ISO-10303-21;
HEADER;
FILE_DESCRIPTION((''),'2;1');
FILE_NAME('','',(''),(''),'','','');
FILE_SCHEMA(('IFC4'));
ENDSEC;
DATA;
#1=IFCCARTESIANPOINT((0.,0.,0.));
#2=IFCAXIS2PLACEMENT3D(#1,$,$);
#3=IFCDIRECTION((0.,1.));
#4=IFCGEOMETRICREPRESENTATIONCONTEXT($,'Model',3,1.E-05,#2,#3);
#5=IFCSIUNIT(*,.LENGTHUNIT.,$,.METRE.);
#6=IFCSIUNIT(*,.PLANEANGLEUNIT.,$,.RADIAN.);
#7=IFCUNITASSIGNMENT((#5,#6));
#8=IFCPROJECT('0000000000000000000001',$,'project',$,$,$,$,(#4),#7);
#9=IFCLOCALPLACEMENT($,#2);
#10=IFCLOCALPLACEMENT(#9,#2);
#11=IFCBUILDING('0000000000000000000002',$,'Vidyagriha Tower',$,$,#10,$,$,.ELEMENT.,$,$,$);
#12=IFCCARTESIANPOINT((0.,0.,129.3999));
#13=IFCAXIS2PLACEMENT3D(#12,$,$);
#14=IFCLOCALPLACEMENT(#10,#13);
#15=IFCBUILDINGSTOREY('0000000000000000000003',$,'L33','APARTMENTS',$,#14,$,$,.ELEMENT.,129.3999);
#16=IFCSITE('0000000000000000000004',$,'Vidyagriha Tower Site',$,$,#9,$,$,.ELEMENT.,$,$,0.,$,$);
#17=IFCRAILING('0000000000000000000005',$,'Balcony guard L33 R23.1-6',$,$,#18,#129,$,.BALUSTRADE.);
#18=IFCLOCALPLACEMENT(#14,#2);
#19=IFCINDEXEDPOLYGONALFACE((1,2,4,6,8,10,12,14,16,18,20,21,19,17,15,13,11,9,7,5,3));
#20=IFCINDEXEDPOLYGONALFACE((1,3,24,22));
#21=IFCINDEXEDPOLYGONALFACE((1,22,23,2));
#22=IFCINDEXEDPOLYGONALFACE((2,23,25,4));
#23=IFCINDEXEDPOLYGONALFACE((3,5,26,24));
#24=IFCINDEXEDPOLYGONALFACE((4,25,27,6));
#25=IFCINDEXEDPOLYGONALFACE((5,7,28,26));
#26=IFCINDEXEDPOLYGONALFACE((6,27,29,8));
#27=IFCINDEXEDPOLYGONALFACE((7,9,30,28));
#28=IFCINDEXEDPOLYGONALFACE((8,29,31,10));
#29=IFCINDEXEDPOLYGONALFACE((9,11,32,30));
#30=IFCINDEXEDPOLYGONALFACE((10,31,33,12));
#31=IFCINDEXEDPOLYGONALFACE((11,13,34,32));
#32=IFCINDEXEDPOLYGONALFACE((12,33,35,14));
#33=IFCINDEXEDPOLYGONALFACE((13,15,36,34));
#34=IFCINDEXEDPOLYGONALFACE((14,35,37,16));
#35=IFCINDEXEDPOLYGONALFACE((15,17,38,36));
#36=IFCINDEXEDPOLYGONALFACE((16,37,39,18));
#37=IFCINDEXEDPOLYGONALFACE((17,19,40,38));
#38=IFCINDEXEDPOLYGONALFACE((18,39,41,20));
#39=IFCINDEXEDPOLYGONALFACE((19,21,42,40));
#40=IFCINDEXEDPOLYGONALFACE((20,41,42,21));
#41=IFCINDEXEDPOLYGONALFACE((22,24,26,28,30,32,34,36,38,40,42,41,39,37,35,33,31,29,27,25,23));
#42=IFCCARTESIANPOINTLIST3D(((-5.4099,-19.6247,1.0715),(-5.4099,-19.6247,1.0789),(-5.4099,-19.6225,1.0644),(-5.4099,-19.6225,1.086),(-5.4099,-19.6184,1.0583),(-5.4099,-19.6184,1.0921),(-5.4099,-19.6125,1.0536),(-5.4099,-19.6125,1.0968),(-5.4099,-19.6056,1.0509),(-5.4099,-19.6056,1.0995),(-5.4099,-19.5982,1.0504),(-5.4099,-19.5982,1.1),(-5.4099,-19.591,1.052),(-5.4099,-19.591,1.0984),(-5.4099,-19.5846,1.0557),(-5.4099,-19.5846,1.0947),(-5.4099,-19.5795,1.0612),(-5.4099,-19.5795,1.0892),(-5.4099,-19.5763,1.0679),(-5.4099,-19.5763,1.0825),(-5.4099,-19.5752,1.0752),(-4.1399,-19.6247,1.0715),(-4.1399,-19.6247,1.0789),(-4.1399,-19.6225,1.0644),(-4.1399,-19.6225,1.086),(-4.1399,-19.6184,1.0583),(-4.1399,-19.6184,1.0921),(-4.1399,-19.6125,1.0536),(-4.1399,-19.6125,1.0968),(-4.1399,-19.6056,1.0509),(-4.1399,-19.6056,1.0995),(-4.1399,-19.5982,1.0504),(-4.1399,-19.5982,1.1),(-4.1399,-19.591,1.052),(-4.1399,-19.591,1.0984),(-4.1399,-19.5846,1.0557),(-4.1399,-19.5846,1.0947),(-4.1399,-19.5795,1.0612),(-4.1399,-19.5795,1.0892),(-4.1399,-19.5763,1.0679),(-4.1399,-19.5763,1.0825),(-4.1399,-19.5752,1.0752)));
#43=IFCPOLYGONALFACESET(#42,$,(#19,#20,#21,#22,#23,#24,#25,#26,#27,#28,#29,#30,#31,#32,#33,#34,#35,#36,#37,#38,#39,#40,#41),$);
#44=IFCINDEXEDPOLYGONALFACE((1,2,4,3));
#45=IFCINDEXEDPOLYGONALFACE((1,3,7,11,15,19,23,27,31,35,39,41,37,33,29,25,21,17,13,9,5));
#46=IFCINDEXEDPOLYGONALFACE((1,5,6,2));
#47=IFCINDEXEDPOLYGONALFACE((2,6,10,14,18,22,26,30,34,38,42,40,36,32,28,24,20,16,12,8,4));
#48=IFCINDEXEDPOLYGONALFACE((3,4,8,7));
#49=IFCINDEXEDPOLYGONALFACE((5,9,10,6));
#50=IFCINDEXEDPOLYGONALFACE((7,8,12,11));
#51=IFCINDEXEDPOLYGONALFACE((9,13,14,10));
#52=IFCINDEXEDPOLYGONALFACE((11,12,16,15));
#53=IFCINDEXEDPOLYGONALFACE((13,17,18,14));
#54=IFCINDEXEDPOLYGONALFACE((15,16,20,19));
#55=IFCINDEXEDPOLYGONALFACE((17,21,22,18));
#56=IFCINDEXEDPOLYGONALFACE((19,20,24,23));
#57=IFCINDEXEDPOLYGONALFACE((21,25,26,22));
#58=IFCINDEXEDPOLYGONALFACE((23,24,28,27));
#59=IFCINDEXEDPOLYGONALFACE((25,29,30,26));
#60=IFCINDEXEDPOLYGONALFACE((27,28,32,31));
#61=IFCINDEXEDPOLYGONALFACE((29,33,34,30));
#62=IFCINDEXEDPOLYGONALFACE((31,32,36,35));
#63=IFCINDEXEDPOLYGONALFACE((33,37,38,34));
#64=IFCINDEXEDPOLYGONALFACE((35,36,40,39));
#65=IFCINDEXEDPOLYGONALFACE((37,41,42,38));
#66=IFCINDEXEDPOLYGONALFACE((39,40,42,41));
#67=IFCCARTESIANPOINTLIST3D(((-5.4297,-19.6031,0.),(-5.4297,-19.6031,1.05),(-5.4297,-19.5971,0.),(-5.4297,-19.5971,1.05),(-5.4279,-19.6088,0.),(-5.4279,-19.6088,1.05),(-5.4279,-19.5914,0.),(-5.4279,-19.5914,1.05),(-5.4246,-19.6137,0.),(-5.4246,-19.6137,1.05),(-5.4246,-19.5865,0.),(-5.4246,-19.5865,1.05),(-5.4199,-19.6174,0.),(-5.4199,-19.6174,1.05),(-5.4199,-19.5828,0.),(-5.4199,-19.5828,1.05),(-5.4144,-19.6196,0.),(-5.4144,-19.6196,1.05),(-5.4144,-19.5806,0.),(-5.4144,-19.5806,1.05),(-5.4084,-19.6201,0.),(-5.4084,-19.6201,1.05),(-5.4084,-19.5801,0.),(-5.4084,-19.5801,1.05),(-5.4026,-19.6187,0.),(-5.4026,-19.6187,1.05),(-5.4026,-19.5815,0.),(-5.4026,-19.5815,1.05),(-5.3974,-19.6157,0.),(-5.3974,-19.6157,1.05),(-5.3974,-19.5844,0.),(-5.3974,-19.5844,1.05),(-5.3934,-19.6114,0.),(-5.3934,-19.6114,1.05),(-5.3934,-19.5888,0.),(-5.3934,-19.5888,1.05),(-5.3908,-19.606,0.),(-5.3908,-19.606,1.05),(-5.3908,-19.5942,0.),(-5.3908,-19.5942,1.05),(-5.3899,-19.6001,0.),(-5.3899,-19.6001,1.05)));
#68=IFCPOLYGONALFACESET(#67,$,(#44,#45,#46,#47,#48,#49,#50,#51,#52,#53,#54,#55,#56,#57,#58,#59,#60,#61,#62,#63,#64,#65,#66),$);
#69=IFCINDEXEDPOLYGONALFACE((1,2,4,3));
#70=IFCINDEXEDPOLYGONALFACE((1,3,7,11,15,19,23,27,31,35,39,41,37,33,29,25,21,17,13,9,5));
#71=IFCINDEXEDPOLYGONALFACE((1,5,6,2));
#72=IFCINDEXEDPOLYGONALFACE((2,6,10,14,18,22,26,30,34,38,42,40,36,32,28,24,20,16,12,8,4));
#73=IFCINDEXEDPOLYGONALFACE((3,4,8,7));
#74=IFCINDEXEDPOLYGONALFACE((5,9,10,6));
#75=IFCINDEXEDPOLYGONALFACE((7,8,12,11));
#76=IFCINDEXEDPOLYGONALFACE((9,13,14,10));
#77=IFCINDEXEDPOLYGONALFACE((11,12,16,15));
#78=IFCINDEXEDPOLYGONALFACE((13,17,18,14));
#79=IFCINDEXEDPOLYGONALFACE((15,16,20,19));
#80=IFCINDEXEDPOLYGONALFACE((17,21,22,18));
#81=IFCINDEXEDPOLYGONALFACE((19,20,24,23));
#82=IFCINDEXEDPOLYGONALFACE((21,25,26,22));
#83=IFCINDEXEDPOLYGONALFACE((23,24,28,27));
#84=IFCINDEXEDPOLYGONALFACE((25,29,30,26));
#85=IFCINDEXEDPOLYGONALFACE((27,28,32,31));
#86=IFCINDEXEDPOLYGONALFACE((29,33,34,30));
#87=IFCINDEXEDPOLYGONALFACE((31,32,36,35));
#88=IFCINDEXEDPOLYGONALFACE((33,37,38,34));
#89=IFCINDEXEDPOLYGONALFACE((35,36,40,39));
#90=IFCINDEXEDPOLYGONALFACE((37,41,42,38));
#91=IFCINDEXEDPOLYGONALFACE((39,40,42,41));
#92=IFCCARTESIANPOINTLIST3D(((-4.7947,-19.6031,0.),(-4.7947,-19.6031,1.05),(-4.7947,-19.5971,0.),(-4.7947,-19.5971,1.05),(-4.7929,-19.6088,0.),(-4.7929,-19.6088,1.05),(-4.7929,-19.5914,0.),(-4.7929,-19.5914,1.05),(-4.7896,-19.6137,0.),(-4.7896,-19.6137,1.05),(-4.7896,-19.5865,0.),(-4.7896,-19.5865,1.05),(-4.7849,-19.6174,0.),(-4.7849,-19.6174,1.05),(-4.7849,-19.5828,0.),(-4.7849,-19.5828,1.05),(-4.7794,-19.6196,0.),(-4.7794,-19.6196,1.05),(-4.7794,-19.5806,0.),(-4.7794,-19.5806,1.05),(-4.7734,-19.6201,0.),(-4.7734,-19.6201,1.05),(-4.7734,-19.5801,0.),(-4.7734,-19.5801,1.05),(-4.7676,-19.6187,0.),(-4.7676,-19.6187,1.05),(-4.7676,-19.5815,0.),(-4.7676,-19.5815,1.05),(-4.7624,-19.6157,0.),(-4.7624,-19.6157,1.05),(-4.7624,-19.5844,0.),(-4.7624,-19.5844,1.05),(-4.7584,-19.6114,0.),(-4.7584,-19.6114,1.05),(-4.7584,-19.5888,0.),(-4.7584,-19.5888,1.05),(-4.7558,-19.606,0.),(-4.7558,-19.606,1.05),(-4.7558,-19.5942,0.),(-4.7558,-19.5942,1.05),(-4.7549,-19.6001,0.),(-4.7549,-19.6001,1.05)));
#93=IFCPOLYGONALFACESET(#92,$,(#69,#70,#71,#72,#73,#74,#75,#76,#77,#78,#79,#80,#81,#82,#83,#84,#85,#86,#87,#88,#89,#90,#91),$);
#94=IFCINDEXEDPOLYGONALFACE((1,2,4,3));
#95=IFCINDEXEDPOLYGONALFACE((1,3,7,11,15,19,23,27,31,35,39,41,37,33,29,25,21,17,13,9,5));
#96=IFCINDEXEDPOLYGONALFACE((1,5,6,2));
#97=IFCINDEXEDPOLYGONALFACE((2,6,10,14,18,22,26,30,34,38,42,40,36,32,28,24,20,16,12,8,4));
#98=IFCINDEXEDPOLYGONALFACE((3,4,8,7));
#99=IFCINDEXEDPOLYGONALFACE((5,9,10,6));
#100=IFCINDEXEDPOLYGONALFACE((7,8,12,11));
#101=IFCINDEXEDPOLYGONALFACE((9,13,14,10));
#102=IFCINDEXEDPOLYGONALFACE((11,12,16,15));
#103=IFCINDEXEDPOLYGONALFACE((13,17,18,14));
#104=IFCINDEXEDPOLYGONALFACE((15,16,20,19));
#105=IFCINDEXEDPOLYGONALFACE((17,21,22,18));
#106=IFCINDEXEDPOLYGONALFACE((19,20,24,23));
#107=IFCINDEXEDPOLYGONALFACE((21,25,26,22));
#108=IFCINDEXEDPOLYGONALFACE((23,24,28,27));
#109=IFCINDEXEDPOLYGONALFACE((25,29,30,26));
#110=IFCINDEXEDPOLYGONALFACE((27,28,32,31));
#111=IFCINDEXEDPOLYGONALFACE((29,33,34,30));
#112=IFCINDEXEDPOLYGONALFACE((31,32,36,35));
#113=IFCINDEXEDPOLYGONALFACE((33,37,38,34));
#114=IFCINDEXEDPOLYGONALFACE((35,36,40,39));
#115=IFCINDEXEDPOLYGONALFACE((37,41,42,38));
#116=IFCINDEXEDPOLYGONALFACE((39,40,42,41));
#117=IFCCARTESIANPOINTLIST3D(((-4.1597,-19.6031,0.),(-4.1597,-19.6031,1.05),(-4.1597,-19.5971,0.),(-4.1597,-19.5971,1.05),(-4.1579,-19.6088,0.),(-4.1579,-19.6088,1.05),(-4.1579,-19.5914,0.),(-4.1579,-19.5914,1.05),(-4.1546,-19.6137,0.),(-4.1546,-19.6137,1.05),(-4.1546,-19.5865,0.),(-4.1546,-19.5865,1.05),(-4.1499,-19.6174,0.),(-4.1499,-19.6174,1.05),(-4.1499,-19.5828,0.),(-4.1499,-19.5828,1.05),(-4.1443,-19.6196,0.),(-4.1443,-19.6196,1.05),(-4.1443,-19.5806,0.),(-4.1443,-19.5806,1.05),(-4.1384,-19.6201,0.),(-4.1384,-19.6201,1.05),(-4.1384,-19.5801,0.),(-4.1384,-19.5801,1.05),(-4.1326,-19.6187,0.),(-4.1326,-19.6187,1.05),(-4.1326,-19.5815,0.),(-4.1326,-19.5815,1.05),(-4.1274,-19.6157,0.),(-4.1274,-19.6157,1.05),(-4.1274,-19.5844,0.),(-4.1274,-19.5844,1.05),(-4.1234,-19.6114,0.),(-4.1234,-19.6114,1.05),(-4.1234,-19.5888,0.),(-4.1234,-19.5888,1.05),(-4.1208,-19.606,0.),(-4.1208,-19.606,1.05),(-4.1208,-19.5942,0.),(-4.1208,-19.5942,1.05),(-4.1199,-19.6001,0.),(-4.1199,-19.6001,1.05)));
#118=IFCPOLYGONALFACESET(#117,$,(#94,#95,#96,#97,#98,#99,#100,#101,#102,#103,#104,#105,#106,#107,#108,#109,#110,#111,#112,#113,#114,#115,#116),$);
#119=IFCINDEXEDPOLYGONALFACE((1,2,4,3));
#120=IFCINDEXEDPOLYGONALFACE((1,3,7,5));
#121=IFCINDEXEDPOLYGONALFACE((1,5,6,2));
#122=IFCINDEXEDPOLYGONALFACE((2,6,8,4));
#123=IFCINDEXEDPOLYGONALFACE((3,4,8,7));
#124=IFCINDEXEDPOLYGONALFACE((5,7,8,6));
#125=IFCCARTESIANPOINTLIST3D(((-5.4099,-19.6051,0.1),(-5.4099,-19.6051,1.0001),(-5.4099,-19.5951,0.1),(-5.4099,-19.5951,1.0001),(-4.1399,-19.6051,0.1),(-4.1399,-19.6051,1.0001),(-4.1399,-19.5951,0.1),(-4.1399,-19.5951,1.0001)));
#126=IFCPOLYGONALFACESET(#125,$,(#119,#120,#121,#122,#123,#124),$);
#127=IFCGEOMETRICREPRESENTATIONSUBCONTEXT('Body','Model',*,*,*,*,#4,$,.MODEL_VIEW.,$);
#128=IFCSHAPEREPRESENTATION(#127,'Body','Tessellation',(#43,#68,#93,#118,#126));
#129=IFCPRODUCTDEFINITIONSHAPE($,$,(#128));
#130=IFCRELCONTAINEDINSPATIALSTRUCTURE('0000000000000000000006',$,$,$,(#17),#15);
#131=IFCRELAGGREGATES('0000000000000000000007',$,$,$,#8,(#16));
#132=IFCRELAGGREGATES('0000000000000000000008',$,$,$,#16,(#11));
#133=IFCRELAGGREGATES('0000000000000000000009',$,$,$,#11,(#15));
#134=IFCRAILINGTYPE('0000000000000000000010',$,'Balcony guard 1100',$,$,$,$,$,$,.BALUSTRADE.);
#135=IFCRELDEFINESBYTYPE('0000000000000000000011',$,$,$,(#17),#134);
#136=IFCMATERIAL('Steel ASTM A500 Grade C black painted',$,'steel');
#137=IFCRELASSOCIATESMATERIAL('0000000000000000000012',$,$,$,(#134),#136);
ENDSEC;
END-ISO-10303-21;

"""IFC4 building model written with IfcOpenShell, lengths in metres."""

from ifc_helpers import new_model, si_unit, direction, frame, origin, origin_2d, place, context, subcontext, project, spatial, rectangle, circle, extrude, material, type_object, element, save


model = new_model("IFC4")

# Units and contexts
model_context = context("Model", 3, precision=1e-05, world=origin(), true_north=direction((0.0, 1.0)))
body_context = subcontext(model_context, "Body", "Model", "MODEL_VIEW")
ifc_project = project(units=[si_unit("LENGTHUNIT", "METRE"), si_unit("PLANEANGLEUNIT", "RADIAN")], contexts=[model_context])

# Site, building, storey
site_placement = place(None, origin())
site = spatial("IfcSite", under=ifc_project, at=site_placement, Name="Vidyagriha Tower Site", CompositionType="ELEMENT", RefElevation=0.0)
building_placement = place(site_placement, origin())
building = spatial("IfcBuilding", under=site, at=building_placement, Name="Vidyagriha Tower", CompositionType="ELEMENT")
storey_placement = place(building_placement, frame((0.0, 0.0, 129.3999)))
storey = spatial("IfcBuildingStorey", under=building, at=storey_placement, Name="L33", Description="APARTMENTS", CompositionType="ELEMENT", Elevation=129.3999)

# Railing
ifc_material_1 = material(Name="Steel ASTM A500 Grade C black painted", Category="steel")
railing_type = type_object("IfcRailingType", Name="Balcony guard 1100", PredefinedType="BALUSTRADE", material=ifc_material_1)
railing_1_placement = place(storey_placement, frame((-5.4099, -19.6001, 0.0)))
element("IfcRailing", 1, at=railing_1_placement, inside=storey, type_object=railing_type, Name="Balcony guard L33 R23.1-6", PredefinedType="BALUSTRADE", context=body_context, shape_type="SweptSolid", body=[
    extrude(circle(Radius=0.0249, at=origin_2d()), frame((0.0, 0.0, 1.0752), z_axis=(1.0, 0.0, 0.0), x_axis=(0.0, 1.0, 0.0)), (0.0, 0.0, 1.0), 1.27),
    extrude(circle(Radius=0.02, at=origin_2d()), origin(), (0.0, 0.0, 1.0), 1.05),
    extrude(circle(Radius=0.02, at=origin_2d()), frame((0.635, 0.0, 0.0)), (0.0, 0.0, 1.0), 1.05),
    extrude(circle(Radius=0.02, at=origin_2d()), frame((1.27, 0.0, 0.0)), (0.0, 0.0, 1.0), 1.05),
    extrude(rectangle(XDim=0.01, YDim=0.9001, at=origin_2d()), frame((0.0, 0.0, 0.55), z_axis=(1.0, 0.0, 0.0), x_axis=(0.0, 1.0, 0.0)), (0.0, 0.0, 1.0), 1.27),
])

save(model, "model.ifc")
